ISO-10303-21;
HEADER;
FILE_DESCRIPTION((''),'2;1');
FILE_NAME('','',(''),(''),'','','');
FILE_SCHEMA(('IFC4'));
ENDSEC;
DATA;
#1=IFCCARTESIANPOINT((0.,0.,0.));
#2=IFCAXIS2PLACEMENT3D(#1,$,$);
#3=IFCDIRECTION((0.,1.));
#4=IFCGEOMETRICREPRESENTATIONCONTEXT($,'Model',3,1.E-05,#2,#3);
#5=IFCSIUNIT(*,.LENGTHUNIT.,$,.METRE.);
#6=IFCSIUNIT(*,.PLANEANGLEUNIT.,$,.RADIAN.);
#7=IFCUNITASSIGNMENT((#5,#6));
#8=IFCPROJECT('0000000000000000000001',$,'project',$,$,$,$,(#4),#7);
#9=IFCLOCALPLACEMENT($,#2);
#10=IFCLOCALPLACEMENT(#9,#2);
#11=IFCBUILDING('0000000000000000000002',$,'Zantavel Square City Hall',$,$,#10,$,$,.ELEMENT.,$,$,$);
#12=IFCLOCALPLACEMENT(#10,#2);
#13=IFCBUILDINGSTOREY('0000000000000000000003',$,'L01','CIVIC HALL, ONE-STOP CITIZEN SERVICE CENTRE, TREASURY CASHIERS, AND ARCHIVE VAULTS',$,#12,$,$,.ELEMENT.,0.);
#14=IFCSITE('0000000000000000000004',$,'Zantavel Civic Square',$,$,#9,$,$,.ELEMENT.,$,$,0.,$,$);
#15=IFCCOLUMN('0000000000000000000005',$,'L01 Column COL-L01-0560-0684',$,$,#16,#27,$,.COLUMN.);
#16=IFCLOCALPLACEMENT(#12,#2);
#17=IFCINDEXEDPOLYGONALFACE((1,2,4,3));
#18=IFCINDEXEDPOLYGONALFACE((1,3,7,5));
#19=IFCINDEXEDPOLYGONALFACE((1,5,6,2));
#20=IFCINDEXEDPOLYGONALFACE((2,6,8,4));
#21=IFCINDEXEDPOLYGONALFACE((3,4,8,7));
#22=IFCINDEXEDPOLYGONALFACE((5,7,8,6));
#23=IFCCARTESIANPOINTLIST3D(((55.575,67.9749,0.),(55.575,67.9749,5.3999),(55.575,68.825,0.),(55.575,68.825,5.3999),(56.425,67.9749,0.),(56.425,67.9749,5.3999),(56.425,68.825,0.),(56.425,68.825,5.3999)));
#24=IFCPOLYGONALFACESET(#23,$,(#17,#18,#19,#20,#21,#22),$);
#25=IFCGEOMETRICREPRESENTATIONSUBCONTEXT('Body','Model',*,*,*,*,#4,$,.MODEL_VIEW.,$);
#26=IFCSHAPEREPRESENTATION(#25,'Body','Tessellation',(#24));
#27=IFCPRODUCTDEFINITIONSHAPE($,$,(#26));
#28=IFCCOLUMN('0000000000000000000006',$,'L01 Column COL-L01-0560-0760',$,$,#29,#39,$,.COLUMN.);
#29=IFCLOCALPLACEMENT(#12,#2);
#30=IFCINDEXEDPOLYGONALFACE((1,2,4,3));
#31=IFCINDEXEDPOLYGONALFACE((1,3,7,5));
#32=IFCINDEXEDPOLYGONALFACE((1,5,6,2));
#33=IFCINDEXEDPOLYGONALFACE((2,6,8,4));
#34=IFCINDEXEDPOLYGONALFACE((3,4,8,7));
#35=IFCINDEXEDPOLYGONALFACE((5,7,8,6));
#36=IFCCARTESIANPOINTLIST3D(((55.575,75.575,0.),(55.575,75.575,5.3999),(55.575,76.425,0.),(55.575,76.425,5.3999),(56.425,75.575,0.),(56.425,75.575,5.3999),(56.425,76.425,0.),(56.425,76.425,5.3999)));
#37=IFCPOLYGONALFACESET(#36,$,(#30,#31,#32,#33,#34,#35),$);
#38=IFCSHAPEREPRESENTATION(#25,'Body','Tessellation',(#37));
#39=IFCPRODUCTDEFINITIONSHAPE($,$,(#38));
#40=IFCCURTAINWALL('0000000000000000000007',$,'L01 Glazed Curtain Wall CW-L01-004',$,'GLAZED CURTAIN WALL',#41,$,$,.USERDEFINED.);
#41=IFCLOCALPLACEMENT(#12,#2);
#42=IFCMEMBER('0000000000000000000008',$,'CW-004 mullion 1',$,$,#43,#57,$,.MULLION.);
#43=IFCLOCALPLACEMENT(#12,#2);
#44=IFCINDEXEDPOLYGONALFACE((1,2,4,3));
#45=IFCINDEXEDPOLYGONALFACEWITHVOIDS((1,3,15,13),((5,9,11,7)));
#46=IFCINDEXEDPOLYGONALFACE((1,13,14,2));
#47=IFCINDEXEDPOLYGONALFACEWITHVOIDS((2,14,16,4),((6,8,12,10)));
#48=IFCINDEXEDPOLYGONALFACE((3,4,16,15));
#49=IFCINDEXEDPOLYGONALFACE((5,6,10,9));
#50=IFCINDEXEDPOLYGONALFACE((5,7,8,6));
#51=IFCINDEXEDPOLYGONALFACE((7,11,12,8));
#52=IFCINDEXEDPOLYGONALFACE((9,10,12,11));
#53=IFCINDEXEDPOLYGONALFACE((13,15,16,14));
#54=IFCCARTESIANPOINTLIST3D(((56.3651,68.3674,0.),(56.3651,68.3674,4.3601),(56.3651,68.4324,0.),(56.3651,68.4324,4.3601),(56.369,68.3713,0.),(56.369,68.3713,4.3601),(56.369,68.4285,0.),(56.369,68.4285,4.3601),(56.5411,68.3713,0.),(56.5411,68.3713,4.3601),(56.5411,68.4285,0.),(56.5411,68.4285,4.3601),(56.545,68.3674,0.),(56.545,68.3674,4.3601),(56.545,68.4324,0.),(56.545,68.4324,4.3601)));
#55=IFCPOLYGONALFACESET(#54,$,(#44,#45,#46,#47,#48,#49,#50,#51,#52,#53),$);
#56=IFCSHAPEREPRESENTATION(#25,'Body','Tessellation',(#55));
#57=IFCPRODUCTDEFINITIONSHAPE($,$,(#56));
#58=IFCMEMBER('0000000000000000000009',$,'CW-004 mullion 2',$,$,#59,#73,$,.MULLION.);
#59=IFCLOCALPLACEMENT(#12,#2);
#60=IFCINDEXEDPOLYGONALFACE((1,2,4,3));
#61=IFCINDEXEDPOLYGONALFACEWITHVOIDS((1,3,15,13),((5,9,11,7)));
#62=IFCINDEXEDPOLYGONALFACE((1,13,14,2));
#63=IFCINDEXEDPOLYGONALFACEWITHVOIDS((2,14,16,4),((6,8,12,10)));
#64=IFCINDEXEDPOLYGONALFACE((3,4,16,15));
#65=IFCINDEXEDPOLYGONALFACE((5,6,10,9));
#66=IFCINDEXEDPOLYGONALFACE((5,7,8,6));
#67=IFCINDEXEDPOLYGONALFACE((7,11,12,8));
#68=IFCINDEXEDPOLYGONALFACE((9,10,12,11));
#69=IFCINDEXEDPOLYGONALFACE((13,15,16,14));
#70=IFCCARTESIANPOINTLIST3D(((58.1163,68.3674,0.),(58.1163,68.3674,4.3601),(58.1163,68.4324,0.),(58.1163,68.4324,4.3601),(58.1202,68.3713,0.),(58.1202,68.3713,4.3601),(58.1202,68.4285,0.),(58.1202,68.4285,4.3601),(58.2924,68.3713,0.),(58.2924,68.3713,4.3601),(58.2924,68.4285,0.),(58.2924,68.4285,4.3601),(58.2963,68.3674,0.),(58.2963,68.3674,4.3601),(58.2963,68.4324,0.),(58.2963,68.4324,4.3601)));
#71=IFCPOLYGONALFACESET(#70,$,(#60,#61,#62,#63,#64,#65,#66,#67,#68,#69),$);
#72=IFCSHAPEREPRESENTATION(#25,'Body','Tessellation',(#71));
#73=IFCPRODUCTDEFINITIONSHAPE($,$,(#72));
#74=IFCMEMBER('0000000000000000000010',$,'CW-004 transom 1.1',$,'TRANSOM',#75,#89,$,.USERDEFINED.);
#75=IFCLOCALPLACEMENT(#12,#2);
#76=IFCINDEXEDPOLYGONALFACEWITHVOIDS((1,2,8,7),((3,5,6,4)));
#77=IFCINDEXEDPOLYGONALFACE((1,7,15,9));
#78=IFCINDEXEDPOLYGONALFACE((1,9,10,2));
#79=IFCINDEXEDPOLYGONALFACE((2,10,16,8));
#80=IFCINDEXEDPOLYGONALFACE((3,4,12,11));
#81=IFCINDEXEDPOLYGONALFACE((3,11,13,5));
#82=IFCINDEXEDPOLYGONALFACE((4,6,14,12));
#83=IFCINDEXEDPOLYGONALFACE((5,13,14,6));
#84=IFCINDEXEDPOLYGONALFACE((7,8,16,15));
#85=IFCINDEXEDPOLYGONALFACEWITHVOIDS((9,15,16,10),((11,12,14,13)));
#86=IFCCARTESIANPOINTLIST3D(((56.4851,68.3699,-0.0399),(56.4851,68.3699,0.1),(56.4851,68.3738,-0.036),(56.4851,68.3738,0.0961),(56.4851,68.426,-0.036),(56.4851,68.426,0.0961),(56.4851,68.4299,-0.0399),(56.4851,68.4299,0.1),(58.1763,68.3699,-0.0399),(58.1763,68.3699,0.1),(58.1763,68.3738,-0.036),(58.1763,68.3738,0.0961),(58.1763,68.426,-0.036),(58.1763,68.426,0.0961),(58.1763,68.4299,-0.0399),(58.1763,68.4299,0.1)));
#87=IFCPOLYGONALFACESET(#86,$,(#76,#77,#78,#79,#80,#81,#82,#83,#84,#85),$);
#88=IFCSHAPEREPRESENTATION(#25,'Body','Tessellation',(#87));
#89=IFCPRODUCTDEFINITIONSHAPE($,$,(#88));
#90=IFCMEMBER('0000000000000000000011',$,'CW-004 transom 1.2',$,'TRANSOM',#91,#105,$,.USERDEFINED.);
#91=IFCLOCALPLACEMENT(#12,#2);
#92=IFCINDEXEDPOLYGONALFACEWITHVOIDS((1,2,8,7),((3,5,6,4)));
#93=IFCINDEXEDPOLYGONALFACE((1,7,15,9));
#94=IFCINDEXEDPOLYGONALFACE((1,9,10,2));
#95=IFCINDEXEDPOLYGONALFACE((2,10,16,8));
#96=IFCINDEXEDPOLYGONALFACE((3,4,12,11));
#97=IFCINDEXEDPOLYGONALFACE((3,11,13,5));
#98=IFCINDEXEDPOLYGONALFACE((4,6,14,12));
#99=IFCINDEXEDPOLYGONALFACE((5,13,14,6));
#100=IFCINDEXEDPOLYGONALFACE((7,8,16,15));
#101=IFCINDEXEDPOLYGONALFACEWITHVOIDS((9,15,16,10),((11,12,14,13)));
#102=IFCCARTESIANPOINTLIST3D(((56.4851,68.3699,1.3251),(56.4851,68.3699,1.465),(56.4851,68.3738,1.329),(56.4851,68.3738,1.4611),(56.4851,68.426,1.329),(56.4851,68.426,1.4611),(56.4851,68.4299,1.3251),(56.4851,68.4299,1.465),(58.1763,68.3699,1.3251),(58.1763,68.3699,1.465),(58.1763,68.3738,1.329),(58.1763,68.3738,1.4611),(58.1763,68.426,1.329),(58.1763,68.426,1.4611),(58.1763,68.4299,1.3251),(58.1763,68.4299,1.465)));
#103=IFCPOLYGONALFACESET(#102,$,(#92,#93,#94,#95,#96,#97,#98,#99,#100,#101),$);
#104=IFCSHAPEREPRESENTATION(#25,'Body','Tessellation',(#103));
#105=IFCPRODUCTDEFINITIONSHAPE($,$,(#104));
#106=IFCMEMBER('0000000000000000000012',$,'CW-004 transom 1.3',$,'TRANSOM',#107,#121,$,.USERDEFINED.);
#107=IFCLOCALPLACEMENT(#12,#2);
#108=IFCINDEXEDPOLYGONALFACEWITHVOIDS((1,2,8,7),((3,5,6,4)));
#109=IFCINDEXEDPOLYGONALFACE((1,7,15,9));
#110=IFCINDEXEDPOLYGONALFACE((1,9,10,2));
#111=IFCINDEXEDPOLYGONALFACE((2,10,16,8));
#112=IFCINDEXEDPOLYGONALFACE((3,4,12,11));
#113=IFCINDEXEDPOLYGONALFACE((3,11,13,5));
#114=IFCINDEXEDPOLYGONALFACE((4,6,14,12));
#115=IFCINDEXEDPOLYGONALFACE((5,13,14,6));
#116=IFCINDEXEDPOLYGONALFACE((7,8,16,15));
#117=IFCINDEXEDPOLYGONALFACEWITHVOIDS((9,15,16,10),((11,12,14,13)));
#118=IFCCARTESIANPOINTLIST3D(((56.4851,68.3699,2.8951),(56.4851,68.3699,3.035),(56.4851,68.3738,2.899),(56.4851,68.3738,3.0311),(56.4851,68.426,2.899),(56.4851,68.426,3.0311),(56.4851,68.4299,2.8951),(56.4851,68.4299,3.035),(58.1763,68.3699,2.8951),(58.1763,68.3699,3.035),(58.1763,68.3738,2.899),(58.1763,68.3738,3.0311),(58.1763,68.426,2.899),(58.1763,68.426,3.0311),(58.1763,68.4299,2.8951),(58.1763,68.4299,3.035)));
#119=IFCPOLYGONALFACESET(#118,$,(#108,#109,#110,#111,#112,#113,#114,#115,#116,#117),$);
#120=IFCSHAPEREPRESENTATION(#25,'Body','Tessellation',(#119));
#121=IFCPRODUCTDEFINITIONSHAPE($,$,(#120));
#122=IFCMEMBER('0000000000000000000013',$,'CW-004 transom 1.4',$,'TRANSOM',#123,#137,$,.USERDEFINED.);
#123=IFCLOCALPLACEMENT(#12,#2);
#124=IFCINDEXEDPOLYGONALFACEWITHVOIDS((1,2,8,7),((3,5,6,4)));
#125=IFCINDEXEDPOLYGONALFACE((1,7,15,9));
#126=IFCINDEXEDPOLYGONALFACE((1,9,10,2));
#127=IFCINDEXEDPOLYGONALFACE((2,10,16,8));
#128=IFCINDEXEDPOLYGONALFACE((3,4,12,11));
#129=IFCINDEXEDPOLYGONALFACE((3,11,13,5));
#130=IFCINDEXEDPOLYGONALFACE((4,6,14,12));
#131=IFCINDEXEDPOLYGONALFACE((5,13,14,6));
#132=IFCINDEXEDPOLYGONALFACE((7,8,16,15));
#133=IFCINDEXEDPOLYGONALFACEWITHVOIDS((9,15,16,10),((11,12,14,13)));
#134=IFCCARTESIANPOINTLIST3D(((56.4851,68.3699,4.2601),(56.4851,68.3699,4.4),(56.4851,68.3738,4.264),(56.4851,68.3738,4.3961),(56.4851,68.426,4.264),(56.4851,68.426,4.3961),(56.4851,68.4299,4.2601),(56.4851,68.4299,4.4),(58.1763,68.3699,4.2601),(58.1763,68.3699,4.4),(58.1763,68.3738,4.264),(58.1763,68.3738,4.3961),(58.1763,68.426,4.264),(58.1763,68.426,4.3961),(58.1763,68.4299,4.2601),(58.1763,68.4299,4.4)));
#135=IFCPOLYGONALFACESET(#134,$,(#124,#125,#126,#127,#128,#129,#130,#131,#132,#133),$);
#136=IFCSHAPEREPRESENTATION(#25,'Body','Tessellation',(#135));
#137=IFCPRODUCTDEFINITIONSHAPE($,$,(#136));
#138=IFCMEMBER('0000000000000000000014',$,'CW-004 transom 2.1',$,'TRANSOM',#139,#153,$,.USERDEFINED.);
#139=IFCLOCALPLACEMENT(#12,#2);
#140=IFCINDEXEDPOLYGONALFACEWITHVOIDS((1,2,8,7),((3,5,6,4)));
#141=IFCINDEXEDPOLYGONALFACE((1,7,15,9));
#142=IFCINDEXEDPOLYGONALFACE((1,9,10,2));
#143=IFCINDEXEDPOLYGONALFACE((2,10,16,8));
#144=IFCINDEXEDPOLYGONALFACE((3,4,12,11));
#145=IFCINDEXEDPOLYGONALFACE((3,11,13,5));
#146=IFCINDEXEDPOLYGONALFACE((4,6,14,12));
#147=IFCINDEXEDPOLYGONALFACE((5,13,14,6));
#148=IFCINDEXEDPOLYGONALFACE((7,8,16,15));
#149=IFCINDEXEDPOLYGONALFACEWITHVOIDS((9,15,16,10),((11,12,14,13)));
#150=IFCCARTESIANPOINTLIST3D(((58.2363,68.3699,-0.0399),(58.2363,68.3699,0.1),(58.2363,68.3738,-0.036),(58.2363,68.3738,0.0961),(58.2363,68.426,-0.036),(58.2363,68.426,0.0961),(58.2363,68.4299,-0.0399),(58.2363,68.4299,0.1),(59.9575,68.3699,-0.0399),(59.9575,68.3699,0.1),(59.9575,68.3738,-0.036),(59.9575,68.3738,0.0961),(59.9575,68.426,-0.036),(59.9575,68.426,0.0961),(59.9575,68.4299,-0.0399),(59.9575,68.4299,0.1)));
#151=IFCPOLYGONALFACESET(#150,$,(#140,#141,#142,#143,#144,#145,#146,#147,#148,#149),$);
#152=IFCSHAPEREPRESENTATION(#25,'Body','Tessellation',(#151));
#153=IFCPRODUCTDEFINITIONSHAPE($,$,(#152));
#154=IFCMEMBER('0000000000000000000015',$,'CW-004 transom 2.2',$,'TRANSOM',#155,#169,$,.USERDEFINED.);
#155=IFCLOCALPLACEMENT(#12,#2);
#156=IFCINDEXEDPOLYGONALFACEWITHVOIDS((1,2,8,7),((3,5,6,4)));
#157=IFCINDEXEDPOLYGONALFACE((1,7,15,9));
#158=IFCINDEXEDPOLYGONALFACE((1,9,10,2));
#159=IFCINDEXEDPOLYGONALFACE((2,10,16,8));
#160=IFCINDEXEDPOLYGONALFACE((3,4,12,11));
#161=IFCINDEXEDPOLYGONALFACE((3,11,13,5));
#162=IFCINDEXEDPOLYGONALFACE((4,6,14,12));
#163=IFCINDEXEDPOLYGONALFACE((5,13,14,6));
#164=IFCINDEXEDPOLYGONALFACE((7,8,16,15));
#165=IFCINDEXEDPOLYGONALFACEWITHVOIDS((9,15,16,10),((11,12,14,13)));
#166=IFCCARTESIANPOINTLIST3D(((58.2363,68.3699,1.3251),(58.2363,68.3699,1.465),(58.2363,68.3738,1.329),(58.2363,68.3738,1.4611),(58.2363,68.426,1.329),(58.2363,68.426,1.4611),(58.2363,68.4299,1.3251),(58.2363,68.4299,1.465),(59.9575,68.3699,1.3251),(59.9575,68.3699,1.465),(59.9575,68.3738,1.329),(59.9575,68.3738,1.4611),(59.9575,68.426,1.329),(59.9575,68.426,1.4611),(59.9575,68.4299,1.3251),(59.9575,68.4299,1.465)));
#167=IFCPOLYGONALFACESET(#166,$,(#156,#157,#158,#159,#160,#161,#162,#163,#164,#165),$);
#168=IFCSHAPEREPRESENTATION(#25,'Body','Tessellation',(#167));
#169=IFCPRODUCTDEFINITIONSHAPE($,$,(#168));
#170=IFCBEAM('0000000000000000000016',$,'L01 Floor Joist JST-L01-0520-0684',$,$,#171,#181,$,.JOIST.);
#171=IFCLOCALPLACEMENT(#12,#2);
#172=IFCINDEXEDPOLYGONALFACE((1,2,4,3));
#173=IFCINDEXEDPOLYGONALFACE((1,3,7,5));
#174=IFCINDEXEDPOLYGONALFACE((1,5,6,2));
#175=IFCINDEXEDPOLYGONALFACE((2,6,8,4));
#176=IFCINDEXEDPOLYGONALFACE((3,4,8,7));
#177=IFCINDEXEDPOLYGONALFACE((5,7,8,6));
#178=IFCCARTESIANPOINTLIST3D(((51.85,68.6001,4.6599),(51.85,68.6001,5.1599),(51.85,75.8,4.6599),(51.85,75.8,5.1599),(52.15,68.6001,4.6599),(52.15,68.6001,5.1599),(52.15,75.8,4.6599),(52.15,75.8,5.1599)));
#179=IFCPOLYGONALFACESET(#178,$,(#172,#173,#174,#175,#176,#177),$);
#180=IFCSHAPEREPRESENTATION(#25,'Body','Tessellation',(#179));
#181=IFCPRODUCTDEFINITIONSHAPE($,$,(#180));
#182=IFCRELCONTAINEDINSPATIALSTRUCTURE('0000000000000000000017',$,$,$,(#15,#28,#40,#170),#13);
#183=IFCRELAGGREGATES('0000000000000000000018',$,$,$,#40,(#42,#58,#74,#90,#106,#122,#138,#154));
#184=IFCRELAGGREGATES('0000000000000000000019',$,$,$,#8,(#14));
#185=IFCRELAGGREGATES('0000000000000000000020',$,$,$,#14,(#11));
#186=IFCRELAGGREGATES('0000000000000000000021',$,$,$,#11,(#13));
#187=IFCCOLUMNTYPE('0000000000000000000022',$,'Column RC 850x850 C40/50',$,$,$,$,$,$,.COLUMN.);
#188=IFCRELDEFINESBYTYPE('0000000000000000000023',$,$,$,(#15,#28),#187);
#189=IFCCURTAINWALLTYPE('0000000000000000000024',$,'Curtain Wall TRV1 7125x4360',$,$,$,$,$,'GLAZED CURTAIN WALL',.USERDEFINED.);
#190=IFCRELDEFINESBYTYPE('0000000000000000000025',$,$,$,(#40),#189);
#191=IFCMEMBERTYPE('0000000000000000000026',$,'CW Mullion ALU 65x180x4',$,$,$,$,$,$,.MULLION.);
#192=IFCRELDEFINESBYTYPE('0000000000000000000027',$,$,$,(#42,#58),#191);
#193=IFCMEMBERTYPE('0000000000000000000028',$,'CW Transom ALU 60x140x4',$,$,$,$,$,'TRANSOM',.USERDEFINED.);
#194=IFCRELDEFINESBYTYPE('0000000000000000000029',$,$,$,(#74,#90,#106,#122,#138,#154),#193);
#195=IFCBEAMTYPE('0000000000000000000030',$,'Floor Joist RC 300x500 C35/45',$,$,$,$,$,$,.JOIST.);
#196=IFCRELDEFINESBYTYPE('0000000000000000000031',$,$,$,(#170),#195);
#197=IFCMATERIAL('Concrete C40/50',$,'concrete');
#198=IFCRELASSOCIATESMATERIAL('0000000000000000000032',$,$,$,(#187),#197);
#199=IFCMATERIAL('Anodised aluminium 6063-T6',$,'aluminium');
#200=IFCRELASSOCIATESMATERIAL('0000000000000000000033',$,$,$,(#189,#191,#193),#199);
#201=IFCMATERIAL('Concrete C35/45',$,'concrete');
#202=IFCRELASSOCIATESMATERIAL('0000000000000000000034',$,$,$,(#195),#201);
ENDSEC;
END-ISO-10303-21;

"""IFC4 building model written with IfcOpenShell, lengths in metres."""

from ifc_helpers import new_model, si_unit, direction, frame, origin, origin_2d, place, context, subcontext, project, spatial, rectangle, hollow_rectangle, extrude, material, material_profile, profile_set, type_object, element, aggregate, save


model = new_model("IFC4")

# Units and contexts
model_context = context("Model", 3, precision=1e-05, world=origin(), true_north=direction((0.0, 1.0)))
body_context = subcontext(model_context, "Body", "Model", "MODEL_VIEW")
ifc_project = project(units=[si_unit("LENGTHUNIT", "METRE"), si_unit("PLANEANGLEUNIT", "RADIAN")], contexts=[model_context])

# Site, building, storey
site_placement = place(None, origin())
site = spatial("IfcSite", under=ifc_project, at=site_placement, Name="Zantavel Civic Square", CompositionType="ELEMENT", RefElevation=0.0)
building_placement = place(site_placement, origin())
building = spatial("IfcBuilding", under=site, at=building_placement, Name="Zantavel Square City Hall", CompositionType="ELEMENT")
storey_placement = place(building_placement, origin())
storey = spatial("IfcBuildingStorey", under=building, at=storey_placement, Name="L01", Description="CIVIC HALL, ONE-STOP CITIZEN SERVICE CENTRE, TREASURY CASHIERS, AND ARCHIVE VAULTS", CompositionType="ELEMENT", Elevation=0.0)

# Columns
ifc_material_1 = material(Name="Concrete C40/50", Category="concrete")
ifc_material_profile_1 = material_profile(ifc_material_1, rectangle(XDim=0.8501, YDim=0.8501, at=origin_2d()), Name="RC 850x850")
ifc_profile_set_1 = profile_set([ifc_material_profile_1], Name="Concrete C40/50")
column_type = type_object("IfcColumnType", Name="Column RC 850x850 C40/50", PredefinedType="COLUMN", material=ifc_profile_set_1)
for number, where, z_axis, x_axis, name in (
    (1, (56.0, 68.3999, 0.0), (0.0, 0.0, 1.0), (1.0, 0.0, 0.0), "L01 Column COL-L01-0560-0684"),
    (2, (56.0, 76.0, 0.0), (0.0, 0.0, 1.0), (1.0, 0.0, 0.0), "L01 Column COL-L01-0560-0760"),
):
    element("IfcColumn", number, at=place(storey_placement, frame(where, z_axis=z_axis, x_axis=x_axis)), inside=storey, type_object=column_type, Name=name, PredefinedType="COLUMN", context=body_context, shape_type="SweptSolid", body=[
        extrude(rectangle(XDim=0.8501, YDim=0.8501, at=origin_2d()), origin(), (0.0, 0.0, 1.0), 5.3999),
    ])

# Curtain wall, members
ifc_material_2 = material(Name="Anodised aluminium 6063-T6", Category="aluminium")
curtain_wall_type = type_object("IfcCurtainWallType", Name="Curtain Wall TRV1 7125x4360", ElementType="GLAZED CURTAIN WALL", PredefinedType="USERDEFINED", material=ifc_material_2)
curtain_wall_placement = place(storey_placement, origin())
curtain_wall = element("IfcCurtainWall", 3, at=curtain_wall_placement, inside=storey, type_object=curtain_wall_type, Name="L01 Glazed Curtain Wall CW-L01-004", ObjectType="GLAZED CURTAIN WALL", PredefinedType="USERDEFINED")
ifc_material_profile_2 = material_profile(ifc_material_2, hollow_rectangle(XDim=0.0649, YDim=0.1799, WallThickness=0.0039, at=origin_2d()), Name="ALU 65x180x4")
ifc_profile_set_2 = profile_set([ifc_material_profile_2], Name="Anodised aluminium 6063-T6")
member_type_1 = type_object("IfcMemberType", Name="CW Mullion ALU 65x180x4", PredefinedType="MULLION", material=ifc_profile_set_2)
member_1_placement = place(storey_placement, frame((56.4551, 68.3999, 0.0), z_axis=(0.0, 0.0, 1.0), x_axis=(0.0, 1.0, 0.0)))
member_1 = element("IfcMember", 4, at=member_1_placement, type_object=member_type_1, Name="CW-004 mullion 1", PredefinedType="MULLION", context=body_context, shape_type="SweptSolid", body=[
    extrude(hollow_rectangle(XDim=0.0649, YDim=0.1799, WallThickness=0.0039, at=origin_2d()), origin(), (0.0, 0.0, 1.0), 4.3601),
])
member_2_placement = place(storey_placement, frame((58.2063, 68.3999, 0.0), z_axis=(0.0, 0.0, 1.0), x_axis=(0.0, 1.0, 0.0)))
member_2 = element("IfcMember", 5, at=member_2_placement, type_object=member_type_1, Name="CW-004 mullion 2", PredefinedType="MULLION", context=body_context, shape_type="SweptSolid", body=[
    extrude(hollow_rectangle(XDim=0.0649, YDim=0.1799, WallThickness=0.0039, at=origin_2d()), origin(), (0.0, 0.0, 1.0), 4.3601),
])
ifc_material_profile_3 = material_profile(ifc_material_2, hollow_rectangle(XDim=0.0601, YDim=0.1399, WallThickness=0.0039, at=origin_2d()), Name="ALU 60x140x4")
ifc_profile_set_3 = profile_set([ifc_material_profile_3], Name="Anodised aluminium 6063-T6")
member_type_2 = type_object("IfcMemberType", Name="CW Transom ALU 60x140x4", ElementType="TRANSOM", PredefinedType="USERDEFINED", material=ifc_profile_set_3)
member_3_placement = place(storey_placement, frame((56.4851, 68.3999, 0.03), z_axis=(1.0, 0.0, 0.0), x_axis=(0.0, 1.0, 0.0)))
member_3 = element("IfcMember", 6, at=member_3_placement, type_object=member_type_2, Name="CW-004 transom 1.1", ObjectType="TRANSOM", PredefinedType="USERDEFINED", context=body_context, shape_type="SweptSolid", body=[
    extrude(hollow_rectangle(XDim=0.0601, YDim=0.1399, WallThickness=0.0039, at=origin_2d()), origin(), (0.0, 0.0, 1.0), 1.6912),
])
member_4_placement = place(storey_placement, frame((56.4851, 68.3999, 1.395), z_axis=(1.0, 0.0, 0.0), x_axis=(0.0, 1.0, 0.0)))
member_4 = element("IfcMember", 7, at=member_4_placement, type_object=member_type_2, Name="CW-004 transom 1.2", ObjectType="TRANSOM", PredefinedType="USERDEFINED", context=body_context, shape_type="SweptSolid", body=[
    extrude(hollow_rectangle(XDim=0.0601, YDim=0.1399, WallThickness=0.0039, at=origin_2d()), origin(), (0.0, 0.0, 1.0), 1.6912),
])
member_5_placement = place(storey_placement, frame((56.4851, 68.3999, 2.9651), z_axis=(1.0, 0.0, 0.0), x_axis=(0.0, 1.0, 0.0)))
member_5 = element("IfcMember", 8, at=member_5_placement, type_object=member_type_2, Name="CW-004 transom 1.3", ObjectType="TRANSOM", PredefinedType="USERDEFINED", context=body_context, shape_type="SweptSolid", body=[
    extrude(hollow_rectangle(XDim=0.0601, YDim=0.1399, WallThickness=0.0039, at=origin_2d()), origin(), (0.0, 0.0, 1.0), 1.6912),
])
member_6_placement = place(storey_placement, frame((56.4851, 68.3999, 4.3301), z_axis=(1.0, 0.0, 0.0), x_axis=(0.0, 1.0, 0.0)))
member_6 = element("IfcMember", 9, at=member_6_placement, type_object=member_type_2, Name="CW-004 transom 1.4", ObjectType="TRANSOM", PredefinedType="USERDEFINED", context=body_context, shape_type="SweptSolid", body=[
    extrude(hollow_rectangle(XDim=0.0601, YDim=0.1399, WallThickness=0.0039, at=origin_2d()), origin(), (0.0, 0.0, 1.0), 1.6912),
])
member_7_placement = place(storey_placement, frame((58.2363, 68.3999, 0.03), z_axis=(1.0, 0.0, 0.0), x_axis=(0.0, 1.0, 0.0)))
member_7 = element("IfcMember", 10, at=member_7_placement, type_object=member_type_2, Name="CW-004 transom 2.1", ObjectType="TRANSOM", PredefinedType="USERDEFINED", context=body_context, shape_type="SweptSolid", body=[
    extrude(hollow_rectangle(XDim=0.0601, YDim=0.1399, WallThickness=0.0039, at=origin_2d()), origin(), (0.0, 0.0, 1.0), 1.7212),
])
member_8_placement = place(storey_placement, frame((58.2363, 68.3999, 1.395), z_axis=(1.0, 0.0, 0.0), x_axis=(0.0, 1.0, 0.0)))
member_8 = element("IfcMember", 11, at=member_8_placement, type_object=member_type_2, Name="CW-004 transom 2.2", ObjectType="TRANSOM", PredefinedType="USERDEFINED", context=body_context, shape_type="SweptSolid", body=[
    extrude(hollow_rectangle(XDim=0.0601, YDim=0.1399, WallThickness=0.0039, at=origin_2d()), origin(), (0.0, 0.0, 1.0), 1.7212),
])

# Beam
ifc_material_3 = material(Name="Concrete C35/45", Category="concrete")
ifc_material_profile_4 = material_profile(ifc_material_3, rectangle(XDim=0.3, YDim=0.5, at=origin_2d()), Name="RC 300x500")
ifc_profile_set_4 = profile_set([ifc_material_profile_4], Name="Concrete C35/45")
beam_type_1 = type_object("IfcBeamType", Name="Floor Joist RC 300x500 C35/45", PredefinedType="JOIST", material=ifc_profile_set_4)
beam_1_placement = place(storey_placement, frame((52.0, 68.6001, 4.9099), z_axis=(0.0, 1.0, 0.0), x_axis=(-1.0, 0.0, 0.0)))
element("IfcBeam", 12, at=beam_1_placement, inside=storey, type_object=beam_type_1, Name="L01 Floor Joist JST-L01-0520-0684", PredefinedType="JOIST", context=body_context, shape_type="SweptSolid", body=[
    extrude(rectangle(XDim=0.3, YDim=0.5, at=origin_2d()), origin(), (0.0, 0.0, 1.0), 7.2),
])

aggregate(curtain_wall, [member_1, member_2, member_3, member_4, member_5, member_6, member_7, member_8])

save(model, "model.ifc")
